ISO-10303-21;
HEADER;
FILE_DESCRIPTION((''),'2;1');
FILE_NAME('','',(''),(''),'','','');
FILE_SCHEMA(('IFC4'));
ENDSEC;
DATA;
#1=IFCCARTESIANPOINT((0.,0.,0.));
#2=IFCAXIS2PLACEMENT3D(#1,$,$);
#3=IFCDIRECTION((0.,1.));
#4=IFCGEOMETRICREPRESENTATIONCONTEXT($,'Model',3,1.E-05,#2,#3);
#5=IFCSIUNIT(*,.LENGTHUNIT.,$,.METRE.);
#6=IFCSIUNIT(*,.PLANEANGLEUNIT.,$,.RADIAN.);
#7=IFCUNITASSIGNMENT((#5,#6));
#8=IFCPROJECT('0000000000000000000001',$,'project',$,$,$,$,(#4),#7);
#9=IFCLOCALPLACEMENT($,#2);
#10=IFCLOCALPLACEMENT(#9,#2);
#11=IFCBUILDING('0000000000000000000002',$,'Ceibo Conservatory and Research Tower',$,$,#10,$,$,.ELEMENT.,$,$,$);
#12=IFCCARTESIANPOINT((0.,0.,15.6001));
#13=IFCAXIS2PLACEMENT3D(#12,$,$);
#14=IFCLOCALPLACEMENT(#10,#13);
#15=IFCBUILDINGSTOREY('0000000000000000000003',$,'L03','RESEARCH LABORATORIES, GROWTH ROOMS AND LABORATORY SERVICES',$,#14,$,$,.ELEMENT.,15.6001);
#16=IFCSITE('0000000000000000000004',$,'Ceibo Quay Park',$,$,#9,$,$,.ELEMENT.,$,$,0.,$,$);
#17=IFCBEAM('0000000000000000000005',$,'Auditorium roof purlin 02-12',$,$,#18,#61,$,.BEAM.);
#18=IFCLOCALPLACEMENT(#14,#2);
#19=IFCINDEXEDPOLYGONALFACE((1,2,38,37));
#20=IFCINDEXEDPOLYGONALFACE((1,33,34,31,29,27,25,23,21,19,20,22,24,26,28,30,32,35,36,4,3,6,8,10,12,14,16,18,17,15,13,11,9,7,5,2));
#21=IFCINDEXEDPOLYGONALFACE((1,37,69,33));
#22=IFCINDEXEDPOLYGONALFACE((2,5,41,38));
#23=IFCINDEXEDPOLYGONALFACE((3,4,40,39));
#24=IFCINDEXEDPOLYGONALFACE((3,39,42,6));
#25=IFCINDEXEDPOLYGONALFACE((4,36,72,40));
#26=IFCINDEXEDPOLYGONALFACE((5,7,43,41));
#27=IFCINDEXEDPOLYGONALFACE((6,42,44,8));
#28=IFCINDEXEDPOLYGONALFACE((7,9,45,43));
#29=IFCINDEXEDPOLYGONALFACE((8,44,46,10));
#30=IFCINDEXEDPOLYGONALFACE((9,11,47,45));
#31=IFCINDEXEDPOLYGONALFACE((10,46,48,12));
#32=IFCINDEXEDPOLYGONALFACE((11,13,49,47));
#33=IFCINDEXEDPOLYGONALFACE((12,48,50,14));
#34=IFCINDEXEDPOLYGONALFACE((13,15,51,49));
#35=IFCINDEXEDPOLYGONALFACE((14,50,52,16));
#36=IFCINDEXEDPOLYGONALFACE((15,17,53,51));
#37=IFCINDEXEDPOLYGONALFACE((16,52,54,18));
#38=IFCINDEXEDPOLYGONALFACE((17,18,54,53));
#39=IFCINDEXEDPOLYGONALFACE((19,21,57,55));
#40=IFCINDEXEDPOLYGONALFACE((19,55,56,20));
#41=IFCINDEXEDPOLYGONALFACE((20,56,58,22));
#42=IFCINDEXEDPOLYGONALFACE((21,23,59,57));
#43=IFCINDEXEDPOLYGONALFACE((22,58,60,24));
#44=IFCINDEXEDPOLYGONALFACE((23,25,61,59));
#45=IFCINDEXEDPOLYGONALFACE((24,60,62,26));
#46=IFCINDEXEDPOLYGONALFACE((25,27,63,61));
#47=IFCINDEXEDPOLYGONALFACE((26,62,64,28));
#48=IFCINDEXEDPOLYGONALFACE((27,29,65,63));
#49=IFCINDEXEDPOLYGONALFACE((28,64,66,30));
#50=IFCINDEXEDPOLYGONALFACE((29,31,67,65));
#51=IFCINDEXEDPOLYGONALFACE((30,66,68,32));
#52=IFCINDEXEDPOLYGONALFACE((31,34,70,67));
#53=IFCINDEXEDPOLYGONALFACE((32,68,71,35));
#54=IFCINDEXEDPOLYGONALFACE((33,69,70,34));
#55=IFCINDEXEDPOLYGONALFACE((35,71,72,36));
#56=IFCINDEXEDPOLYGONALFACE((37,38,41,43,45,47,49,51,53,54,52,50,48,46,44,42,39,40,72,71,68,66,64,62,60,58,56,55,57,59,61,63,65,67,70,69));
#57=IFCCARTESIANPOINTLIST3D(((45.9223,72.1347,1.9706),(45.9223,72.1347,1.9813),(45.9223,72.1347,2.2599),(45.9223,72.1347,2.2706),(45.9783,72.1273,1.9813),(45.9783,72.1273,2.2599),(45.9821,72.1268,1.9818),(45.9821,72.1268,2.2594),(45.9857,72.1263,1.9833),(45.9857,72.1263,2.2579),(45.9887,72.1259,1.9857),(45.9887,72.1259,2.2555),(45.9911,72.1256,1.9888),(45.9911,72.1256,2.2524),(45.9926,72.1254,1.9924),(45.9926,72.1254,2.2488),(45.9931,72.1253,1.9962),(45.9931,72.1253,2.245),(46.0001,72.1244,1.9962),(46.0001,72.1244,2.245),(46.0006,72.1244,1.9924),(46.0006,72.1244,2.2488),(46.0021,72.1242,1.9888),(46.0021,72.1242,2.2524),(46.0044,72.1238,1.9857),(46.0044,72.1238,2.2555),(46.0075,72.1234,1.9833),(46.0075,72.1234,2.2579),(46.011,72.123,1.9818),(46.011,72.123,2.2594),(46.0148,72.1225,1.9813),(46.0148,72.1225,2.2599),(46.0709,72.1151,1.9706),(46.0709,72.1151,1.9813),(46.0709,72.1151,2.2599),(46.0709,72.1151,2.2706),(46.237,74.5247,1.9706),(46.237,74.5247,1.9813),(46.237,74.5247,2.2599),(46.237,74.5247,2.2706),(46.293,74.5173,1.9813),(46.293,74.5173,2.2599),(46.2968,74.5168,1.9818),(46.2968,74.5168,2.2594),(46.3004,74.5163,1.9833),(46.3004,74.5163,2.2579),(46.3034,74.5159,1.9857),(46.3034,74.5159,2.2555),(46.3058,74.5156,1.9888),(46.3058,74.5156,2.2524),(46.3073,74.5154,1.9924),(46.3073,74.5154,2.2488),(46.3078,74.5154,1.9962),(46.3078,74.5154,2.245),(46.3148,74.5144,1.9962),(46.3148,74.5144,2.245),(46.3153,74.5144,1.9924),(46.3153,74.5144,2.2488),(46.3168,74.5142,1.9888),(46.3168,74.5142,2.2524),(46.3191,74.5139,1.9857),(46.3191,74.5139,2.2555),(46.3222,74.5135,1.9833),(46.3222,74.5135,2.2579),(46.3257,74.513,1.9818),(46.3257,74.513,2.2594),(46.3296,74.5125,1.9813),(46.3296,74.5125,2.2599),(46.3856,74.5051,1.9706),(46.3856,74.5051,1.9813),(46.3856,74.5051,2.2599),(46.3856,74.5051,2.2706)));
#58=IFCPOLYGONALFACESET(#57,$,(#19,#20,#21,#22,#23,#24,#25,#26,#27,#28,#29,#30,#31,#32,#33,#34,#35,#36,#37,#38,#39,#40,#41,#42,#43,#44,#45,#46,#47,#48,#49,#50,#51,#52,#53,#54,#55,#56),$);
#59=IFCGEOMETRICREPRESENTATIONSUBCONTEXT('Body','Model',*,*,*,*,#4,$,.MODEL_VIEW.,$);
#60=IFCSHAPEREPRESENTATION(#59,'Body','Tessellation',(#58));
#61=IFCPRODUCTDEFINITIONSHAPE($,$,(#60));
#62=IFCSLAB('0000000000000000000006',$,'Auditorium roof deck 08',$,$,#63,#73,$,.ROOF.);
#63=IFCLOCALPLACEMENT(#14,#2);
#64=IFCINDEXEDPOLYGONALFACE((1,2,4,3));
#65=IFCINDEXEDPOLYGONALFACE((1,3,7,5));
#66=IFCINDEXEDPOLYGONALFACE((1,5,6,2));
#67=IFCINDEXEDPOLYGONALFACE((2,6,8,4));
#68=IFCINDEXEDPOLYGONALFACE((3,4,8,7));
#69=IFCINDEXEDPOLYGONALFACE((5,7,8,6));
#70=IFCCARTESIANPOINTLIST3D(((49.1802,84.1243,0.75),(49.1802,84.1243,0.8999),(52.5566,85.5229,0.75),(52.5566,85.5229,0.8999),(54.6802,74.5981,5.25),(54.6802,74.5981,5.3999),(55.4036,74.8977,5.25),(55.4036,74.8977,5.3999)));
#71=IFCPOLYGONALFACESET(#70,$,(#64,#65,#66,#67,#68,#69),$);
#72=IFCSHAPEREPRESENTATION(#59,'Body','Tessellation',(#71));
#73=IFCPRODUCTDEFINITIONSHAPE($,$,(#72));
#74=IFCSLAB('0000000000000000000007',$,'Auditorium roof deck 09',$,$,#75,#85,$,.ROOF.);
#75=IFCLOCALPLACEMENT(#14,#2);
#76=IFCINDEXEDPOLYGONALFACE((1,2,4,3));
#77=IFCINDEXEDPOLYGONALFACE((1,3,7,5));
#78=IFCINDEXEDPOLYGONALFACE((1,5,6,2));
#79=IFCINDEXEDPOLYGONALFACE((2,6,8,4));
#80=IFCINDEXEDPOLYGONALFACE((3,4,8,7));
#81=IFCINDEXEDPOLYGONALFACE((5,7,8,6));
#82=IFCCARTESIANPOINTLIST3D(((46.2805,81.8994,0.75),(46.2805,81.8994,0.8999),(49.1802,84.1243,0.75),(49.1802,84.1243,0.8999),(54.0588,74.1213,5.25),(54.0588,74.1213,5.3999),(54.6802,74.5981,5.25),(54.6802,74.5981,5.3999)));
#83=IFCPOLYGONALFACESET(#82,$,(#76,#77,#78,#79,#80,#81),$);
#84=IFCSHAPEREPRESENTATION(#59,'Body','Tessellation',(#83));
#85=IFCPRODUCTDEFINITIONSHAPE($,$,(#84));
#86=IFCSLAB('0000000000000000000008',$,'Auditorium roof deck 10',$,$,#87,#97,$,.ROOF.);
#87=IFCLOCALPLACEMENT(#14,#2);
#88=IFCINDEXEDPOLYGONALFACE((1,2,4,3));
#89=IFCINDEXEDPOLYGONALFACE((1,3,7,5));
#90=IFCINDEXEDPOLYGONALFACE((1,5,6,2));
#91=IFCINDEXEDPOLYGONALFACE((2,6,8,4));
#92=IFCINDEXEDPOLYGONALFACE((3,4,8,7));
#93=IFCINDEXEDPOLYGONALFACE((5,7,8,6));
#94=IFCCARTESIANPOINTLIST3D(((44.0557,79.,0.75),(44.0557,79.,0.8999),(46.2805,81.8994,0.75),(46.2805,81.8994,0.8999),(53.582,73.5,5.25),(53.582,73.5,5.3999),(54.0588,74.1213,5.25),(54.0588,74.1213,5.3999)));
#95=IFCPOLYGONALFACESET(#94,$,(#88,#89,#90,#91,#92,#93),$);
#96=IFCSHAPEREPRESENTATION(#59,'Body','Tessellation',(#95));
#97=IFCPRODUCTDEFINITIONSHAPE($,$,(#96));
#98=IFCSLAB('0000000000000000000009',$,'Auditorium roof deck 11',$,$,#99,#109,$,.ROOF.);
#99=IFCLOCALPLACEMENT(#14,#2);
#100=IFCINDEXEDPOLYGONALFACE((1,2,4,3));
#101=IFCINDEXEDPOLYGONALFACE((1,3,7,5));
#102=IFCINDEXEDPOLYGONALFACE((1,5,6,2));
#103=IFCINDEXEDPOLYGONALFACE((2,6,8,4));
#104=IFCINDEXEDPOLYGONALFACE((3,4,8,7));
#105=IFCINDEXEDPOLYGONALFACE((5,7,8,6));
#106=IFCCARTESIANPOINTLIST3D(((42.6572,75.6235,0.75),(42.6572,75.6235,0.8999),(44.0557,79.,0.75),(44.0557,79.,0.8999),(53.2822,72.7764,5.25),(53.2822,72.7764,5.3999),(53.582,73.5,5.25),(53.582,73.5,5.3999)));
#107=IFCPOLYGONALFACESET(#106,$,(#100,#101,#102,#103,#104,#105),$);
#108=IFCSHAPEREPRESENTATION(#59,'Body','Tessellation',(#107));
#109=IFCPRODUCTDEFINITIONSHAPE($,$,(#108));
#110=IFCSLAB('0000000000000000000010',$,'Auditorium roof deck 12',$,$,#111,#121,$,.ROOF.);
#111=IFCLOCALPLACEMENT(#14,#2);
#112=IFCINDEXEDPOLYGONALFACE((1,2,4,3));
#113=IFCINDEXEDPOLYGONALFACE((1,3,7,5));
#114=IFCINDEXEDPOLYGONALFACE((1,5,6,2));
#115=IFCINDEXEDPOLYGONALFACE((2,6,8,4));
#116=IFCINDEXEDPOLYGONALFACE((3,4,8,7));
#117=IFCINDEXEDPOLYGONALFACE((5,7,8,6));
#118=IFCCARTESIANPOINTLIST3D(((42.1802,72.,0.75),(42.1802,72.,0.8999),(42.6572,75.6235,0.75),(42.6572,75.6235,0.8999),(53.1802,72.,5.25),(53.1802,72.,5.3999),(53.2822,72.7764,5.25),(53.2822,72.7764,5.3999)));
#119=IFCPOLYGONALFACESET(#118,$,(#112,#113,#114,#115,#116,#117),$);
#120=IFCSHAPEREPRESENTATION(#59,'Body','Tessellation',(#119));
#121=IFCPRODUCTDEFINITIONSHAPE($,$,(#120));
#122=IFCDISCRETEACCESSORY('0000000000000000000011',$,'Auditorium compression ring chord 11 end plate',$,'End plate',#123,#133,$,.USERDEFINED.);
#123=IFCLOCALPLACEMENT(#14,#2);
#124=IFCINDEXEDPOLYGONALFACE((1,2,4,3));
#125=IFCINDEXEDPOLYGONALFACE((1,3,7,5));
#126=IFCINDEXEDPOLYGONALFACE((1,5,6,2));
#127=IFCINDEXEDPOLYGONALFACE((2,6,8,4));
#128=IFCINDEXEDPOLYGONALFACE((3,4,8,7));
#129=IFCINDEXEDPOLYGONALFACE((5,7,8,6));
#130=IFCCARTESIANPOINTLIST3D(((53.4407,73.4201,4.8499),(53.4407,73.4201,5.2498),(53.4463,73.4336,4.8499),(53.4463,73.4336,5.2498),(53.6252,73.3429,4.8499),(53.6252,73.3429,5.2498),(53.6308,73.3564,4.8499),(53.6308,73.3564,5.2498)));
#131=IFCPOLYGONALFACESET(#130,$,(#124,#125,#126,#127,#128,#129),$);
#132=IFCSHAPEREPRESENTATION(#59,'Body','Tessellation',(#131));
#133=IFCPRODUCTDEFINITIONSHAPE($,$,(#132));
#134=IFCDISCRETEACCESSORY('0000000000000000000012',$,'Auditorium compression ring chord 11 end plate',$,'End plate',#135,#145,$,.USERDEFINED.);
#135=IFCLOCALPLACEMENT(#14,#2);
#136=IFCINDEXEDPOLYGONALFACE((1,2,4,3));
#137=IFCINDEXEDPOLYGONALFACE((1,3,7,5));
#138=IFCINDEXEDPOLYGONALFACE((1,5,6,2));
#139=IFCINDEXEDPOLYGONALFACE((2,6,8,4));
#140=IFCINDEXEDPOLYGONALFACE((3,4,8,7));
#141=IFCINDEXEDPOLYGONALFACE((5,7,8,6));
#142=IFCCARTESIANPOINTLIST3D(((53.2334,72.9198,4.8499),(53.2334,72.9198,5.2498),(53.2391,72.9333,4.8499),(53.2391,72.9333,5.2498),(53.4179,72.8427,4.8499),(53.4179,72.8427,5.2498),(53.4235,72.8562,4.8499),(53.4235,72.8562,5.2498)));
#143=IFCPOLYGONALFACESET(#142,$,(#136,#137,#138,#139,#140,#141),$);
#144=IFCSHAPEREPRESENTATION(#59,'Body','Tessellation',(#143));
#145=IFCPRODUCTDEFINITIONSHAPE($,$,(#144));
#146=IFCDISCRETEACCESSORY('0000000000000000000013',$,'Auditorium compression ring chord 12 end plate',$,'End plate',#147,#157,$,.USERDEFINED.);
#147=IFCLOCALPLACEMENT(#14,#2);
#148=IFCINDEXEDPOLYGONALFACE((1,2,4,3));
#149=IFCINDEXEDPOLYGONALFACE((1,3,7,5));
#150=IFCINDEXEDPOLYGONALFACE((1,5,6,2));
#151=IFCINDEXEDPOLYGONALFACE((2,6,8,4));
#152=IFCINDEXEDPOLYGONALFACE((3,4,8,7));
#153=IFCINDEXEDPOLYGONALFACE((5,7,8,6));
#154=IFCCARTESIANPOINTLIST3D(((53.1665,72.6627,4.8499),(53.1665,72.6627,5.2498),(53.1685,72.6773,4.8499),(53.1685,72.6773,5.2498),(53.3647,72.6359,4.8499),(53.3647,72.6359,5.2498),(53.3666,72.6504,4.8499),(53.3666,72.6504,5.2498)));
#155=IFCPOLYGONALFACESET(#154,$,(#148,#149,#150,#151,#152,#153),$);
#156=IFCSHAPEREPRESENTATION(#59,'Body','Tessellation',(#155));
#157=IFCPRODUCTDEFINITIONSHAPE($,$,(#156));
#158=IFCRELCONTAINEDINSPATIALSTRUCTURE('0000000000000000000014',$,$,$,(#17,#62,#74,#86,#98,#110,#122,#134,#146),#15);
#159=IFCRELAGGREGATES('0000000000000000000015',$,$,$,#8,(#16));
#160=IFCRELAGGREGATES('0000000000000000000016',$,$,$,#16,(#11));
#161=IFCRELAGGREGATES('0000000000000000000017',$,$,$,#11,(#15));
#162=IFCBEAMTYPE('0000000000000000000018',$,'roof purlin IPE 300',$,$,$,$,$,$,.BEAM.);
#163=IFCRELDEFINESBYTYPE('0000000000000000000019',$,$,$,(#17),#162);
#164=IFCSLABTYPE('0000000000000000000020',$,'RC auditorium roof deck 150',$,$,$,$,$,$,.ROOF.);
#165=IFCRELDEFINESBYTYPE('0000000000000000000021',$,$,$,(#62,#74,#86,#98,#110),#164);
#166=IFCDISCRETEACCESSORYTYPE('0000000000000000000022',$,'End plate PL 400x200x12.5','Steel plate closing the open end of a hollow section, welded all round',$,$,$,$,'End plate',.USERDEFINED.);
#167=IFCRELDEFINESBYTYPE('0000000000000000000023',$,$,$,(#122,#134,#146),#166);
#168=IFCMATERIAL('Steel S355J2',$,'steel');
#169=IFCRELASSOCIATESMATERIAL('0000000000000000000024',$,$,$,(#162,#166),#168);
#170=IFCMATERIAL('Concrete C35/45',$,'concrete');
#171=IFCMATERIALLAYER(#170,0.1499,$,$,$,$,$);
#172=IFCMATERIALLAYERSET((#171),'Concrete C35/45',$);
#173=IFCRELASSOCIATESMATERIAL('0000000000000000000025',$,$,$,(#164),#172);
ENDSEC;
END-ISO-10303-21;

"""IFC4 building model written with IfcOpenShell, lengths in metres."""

from ifc_helpers import new_model, si_unit, direction, frame, origin, origin_2d, place, context, subcontext, project, spatial, polyline, rectangle, i_section, outline, extrude, material, layer, layer_set, material_profile, profile_set, type_object, element, save


model = new_model("IFC4")

# Units and contexts
model_context = context("Model", 3, precision=1e-05, world=origin(), true_north=direction((0.0, 1.0)))
body_context = subcontext(model_context, "Body", "Model", "MODEL_VIEW")
ifc_project = project(units=[si_unit("LENGTHUNIT", "METRE"), si_unit("PLANEANGLEUNIT", "RADIAN")], contexts=[model_context])

# Site, building, storey
site_placement = place(None, origin())
site = spatial("IfcSite", under=ifc_project, at=site_placement, Name="Ceibo Quay Park", CompositionType="ELEMENT", RefElevation=0.0)
building_placement = place(site_placement, origin())
building = spatial("IfcBuilding", under=site, at=building_placement, Name="Ceibo Conservatory and Research Tower", CompositionType="ELEMENT")
storey_placement = place(building_placement, frame((0.0, 0.0, 15.6001)))
storey = spatial("IfcBuildingStorey", under=building, at=storey_placement, Name="L03", Description="RESEARCH LABORATORIES, GROWTH ROOMS AND LABORATORY SERVICES", CompositionType="ELEMENT", Elevation=15.6001)

# Beam
ifc_material_1 = material(Name="Concrete C35/45", Category="concrete")
ifc_material_2 = material(Name="Steel S355J2", Category="steel")
ifc_material_profile_1 = material_profile(ifc_material_2, i_section(OverallWidth=0.1499, OverallDepth=0.3, WebThickness=0.0071, FlangeThickness=0.0107, FilletRadius=0.0149, at=origin_2d()), Name="IPE 300")
ifc_profile_set_1 = profile_set([ifc_material_profile_1], Name="Steel S355J2")
beam_type_1 = type_object("IfcBeamType", Name="roof purlin IPE 300", PredefinedType="BEAM", material=ifc_profile_set_1)
beam_1_placement = place(storey_placement, frame((46.3113, 74.5149, 2.1206), z_axis=(-0.130551, -0.991442, 0.0), x_axis=(0.991442, -0.130551, 0.0)))
element("IfcBeam", 1, at=beam_1_placement, inside=storey, type_object=beam_type_1, Name="Auditorium roof purlin 02-12", PredefinedType="BEAM", context=body_context, shape_type="SweptSolid", body=[
    extrude(i_section(OverallWidth=0.1499, OverallDepth=0.3, WebThickness=0.0071, FlangeThickness=0.0107, FilletRadius=0.0149, at=origin_2d()), origin(), (0.0, 0.0, 1.0), 2.4106),
])

# Slabs
ifc_layer = layer(ifc_material_1, 0.1499)
ifc_layer_set = layer_set([ifc_layer], Name="Concrete C35/45")
slab_type = type_object("IfcSlabType", Name="RC auditorium roof deck 150", PredefinedType="ROOF", material=ifc_layer_set)
slab_1_placement = place(storey_placement, frame((52.5566, 85.5229, 0.8999), z_axis=(-0.145968, 0.352393, 0.924398), x_axis=(-0.923871, -0.382705, 0.000007)))
element("IfcSlab", 2, at=slab_1_placement, inside=storey, type_object=slab_type, Name="Auditorium roof deck 08", PredefinedType="ROOF", context=body_context, shape_type="SweptSolid", body=[
    extrude(outline(polyline([(0.0, 0.0), (3.6547, 0.0), (2.2191, 11.7977), (1.4362, 11.7978), (0.0, 0.0)])), origin(), (-0.000007, -0.381428, -0.924398), 0.1499),
])
slab_2_placement = place(storey_placement, frame((49.1802, 84.1243, 0.8999), z_axis=(-0.232194, 0.302611, 0.924398), x_axis=(-0.79337, -0.60874, -0.000004)))
element("IfcSlab", 3, at=slab_2_placement, inside=storey, type_object=slab_type, Name="Auditorium roof deck 09", PredefinedType="ROOF", context=body_context, shape_type="SweptSolid", body=[
    extrude(outline(polyline([(0.0, 0.0), (3.6549, 0.0), (2.2186, 11.7978), (1.4354, 11.7977), (0.0, 0.0)])), origin(), (0.000004, -0.381428, -0.924398), 0.1499),
])
slab_3_placement = place(storey_placement, frame((46.2805, 81.8994, 0.8999), z_axis=(-0.302601, 0.232202, 0.9244), x_axis=(-0.608771, -0.793346, 0.000002)))
element("IfcSlab", 4, at=slab_3_placement, inside=storey, type_object=slab_type, Name="Auditorium roof deck 10", PredefinedType="ROOF", context=body_context, shape_type="SweptSolid", body=[
    extrude(outline(polyline([(0.0, 0.0), (3.6547, 0.0), (2.2187, 11.7979), (1.4355, 11.7979), (0.0, 0.0)])), origin(), (-0.000002, -0.381425, -0.9244), 0.1499),
])
slab_4_placement = place(storey_placement, frame((44.0557, 79.0, 0.8999), z_axis=(-0.352395, 0.14596, 0.924399), x_axis=(-0.382653, -0.923892, 0.000007)))
element("IfcSlab", 5, at=slab_4_placement, inside=storey, type_object=slab_type, Name="Auditorium roof deck 11", PredefinedType="ROOF", context=body_context, shape_type="SweptSolid", body=[
    extrude(outline(polyline([(0.0, 0.0), (3.6546, 0.0), (2.2194, 11.7978), (1.4361, 11.7978), (0.0, 0.0)])), origin(), (-0.000007, -0.381427, -0.924399), 0.1499),
])
slab_5_placement = place(storey_placement, frame((42.6572, 75.6235, 0.8999), z_axis=(-0.378167, 0.049773, 0.924398), x_axis=(-0.130522, -0.991445, -0.000013)))
element("IfcSlab", 6, at=slab_5_placement, inside=storey, type_object=slab_type, Name="Auditorium roof deck 12", PredefinedType="ROOF", context=body_context, shape_type="SweptSolid", body=[
    extrude(outline(polyline([(0.0, 0.0), (3.6548, 0.0), (2.219, 11.7978), (1.436, 11.7977), (0.0, 0.0)])), origin(), (0.000013, -0.381429, -0.924398), 0.1499),
])

# Discrete accessories
ifc_material_profile_2 = material_profile(ifc_material_2, rectangle(XDim=0.2, YDim=0.3999, at=origin_2d()), Name="End plate PL 400x200x12.5")
ifc_profile_set_2 = profile_set([ifc_material_profile_2], Name="Steel S355J2")
discrete_accessory_type = type_object("IfcDiscreteAccessoryType", Name="End plate PL 400x200x12.5", Description="Steel plate closing the open end of a hollow section, welded all round", ElementType="End plate", PredefinedType="USERDEFINED", material=ifc_profile_set_2)
for number, where, z_axis, x_axis, name in (
    (7, (53.5386, 73.395, 5.0498), (-0.385806, -0.92258, 0.0), (0.92258, -0.385806, 0.0), "Auditorium compression ring chord 11 end plate"),
    (8, (53.3313, 72.8948, 5.0498), (-0.385806, -0.92258, 0.0), (0.92258, -0.385806, 0.0), "Auditorium compression ring chord 11 end plate"),
    (9, (53.2676, 72.6638, 5.0498), (-0.134364, -0.990932, 0.0), (0.990932, -0.134364, 0.0), "Auditorium compression ring chord 12 end plate"),
):
    element("IfcDiscreteAccessory", number, at=place(storey_placement, frame(where, z_axis=z_axis, x_axis=x_axis)), inside=storey, type_object=discrete_accessory_type, Name=name, ObjectType="End plate", PredefinedType="USERDEFINED", context=body_context, shape_type="SweptSolid", body=[
        extrude(rectangle(XDim=0.2, YDim=0.3999, at=origin_2d()), origin(), (0.0, 0.0, 1.0), 0.0146),
    ])

save(model, "model.ifc")
